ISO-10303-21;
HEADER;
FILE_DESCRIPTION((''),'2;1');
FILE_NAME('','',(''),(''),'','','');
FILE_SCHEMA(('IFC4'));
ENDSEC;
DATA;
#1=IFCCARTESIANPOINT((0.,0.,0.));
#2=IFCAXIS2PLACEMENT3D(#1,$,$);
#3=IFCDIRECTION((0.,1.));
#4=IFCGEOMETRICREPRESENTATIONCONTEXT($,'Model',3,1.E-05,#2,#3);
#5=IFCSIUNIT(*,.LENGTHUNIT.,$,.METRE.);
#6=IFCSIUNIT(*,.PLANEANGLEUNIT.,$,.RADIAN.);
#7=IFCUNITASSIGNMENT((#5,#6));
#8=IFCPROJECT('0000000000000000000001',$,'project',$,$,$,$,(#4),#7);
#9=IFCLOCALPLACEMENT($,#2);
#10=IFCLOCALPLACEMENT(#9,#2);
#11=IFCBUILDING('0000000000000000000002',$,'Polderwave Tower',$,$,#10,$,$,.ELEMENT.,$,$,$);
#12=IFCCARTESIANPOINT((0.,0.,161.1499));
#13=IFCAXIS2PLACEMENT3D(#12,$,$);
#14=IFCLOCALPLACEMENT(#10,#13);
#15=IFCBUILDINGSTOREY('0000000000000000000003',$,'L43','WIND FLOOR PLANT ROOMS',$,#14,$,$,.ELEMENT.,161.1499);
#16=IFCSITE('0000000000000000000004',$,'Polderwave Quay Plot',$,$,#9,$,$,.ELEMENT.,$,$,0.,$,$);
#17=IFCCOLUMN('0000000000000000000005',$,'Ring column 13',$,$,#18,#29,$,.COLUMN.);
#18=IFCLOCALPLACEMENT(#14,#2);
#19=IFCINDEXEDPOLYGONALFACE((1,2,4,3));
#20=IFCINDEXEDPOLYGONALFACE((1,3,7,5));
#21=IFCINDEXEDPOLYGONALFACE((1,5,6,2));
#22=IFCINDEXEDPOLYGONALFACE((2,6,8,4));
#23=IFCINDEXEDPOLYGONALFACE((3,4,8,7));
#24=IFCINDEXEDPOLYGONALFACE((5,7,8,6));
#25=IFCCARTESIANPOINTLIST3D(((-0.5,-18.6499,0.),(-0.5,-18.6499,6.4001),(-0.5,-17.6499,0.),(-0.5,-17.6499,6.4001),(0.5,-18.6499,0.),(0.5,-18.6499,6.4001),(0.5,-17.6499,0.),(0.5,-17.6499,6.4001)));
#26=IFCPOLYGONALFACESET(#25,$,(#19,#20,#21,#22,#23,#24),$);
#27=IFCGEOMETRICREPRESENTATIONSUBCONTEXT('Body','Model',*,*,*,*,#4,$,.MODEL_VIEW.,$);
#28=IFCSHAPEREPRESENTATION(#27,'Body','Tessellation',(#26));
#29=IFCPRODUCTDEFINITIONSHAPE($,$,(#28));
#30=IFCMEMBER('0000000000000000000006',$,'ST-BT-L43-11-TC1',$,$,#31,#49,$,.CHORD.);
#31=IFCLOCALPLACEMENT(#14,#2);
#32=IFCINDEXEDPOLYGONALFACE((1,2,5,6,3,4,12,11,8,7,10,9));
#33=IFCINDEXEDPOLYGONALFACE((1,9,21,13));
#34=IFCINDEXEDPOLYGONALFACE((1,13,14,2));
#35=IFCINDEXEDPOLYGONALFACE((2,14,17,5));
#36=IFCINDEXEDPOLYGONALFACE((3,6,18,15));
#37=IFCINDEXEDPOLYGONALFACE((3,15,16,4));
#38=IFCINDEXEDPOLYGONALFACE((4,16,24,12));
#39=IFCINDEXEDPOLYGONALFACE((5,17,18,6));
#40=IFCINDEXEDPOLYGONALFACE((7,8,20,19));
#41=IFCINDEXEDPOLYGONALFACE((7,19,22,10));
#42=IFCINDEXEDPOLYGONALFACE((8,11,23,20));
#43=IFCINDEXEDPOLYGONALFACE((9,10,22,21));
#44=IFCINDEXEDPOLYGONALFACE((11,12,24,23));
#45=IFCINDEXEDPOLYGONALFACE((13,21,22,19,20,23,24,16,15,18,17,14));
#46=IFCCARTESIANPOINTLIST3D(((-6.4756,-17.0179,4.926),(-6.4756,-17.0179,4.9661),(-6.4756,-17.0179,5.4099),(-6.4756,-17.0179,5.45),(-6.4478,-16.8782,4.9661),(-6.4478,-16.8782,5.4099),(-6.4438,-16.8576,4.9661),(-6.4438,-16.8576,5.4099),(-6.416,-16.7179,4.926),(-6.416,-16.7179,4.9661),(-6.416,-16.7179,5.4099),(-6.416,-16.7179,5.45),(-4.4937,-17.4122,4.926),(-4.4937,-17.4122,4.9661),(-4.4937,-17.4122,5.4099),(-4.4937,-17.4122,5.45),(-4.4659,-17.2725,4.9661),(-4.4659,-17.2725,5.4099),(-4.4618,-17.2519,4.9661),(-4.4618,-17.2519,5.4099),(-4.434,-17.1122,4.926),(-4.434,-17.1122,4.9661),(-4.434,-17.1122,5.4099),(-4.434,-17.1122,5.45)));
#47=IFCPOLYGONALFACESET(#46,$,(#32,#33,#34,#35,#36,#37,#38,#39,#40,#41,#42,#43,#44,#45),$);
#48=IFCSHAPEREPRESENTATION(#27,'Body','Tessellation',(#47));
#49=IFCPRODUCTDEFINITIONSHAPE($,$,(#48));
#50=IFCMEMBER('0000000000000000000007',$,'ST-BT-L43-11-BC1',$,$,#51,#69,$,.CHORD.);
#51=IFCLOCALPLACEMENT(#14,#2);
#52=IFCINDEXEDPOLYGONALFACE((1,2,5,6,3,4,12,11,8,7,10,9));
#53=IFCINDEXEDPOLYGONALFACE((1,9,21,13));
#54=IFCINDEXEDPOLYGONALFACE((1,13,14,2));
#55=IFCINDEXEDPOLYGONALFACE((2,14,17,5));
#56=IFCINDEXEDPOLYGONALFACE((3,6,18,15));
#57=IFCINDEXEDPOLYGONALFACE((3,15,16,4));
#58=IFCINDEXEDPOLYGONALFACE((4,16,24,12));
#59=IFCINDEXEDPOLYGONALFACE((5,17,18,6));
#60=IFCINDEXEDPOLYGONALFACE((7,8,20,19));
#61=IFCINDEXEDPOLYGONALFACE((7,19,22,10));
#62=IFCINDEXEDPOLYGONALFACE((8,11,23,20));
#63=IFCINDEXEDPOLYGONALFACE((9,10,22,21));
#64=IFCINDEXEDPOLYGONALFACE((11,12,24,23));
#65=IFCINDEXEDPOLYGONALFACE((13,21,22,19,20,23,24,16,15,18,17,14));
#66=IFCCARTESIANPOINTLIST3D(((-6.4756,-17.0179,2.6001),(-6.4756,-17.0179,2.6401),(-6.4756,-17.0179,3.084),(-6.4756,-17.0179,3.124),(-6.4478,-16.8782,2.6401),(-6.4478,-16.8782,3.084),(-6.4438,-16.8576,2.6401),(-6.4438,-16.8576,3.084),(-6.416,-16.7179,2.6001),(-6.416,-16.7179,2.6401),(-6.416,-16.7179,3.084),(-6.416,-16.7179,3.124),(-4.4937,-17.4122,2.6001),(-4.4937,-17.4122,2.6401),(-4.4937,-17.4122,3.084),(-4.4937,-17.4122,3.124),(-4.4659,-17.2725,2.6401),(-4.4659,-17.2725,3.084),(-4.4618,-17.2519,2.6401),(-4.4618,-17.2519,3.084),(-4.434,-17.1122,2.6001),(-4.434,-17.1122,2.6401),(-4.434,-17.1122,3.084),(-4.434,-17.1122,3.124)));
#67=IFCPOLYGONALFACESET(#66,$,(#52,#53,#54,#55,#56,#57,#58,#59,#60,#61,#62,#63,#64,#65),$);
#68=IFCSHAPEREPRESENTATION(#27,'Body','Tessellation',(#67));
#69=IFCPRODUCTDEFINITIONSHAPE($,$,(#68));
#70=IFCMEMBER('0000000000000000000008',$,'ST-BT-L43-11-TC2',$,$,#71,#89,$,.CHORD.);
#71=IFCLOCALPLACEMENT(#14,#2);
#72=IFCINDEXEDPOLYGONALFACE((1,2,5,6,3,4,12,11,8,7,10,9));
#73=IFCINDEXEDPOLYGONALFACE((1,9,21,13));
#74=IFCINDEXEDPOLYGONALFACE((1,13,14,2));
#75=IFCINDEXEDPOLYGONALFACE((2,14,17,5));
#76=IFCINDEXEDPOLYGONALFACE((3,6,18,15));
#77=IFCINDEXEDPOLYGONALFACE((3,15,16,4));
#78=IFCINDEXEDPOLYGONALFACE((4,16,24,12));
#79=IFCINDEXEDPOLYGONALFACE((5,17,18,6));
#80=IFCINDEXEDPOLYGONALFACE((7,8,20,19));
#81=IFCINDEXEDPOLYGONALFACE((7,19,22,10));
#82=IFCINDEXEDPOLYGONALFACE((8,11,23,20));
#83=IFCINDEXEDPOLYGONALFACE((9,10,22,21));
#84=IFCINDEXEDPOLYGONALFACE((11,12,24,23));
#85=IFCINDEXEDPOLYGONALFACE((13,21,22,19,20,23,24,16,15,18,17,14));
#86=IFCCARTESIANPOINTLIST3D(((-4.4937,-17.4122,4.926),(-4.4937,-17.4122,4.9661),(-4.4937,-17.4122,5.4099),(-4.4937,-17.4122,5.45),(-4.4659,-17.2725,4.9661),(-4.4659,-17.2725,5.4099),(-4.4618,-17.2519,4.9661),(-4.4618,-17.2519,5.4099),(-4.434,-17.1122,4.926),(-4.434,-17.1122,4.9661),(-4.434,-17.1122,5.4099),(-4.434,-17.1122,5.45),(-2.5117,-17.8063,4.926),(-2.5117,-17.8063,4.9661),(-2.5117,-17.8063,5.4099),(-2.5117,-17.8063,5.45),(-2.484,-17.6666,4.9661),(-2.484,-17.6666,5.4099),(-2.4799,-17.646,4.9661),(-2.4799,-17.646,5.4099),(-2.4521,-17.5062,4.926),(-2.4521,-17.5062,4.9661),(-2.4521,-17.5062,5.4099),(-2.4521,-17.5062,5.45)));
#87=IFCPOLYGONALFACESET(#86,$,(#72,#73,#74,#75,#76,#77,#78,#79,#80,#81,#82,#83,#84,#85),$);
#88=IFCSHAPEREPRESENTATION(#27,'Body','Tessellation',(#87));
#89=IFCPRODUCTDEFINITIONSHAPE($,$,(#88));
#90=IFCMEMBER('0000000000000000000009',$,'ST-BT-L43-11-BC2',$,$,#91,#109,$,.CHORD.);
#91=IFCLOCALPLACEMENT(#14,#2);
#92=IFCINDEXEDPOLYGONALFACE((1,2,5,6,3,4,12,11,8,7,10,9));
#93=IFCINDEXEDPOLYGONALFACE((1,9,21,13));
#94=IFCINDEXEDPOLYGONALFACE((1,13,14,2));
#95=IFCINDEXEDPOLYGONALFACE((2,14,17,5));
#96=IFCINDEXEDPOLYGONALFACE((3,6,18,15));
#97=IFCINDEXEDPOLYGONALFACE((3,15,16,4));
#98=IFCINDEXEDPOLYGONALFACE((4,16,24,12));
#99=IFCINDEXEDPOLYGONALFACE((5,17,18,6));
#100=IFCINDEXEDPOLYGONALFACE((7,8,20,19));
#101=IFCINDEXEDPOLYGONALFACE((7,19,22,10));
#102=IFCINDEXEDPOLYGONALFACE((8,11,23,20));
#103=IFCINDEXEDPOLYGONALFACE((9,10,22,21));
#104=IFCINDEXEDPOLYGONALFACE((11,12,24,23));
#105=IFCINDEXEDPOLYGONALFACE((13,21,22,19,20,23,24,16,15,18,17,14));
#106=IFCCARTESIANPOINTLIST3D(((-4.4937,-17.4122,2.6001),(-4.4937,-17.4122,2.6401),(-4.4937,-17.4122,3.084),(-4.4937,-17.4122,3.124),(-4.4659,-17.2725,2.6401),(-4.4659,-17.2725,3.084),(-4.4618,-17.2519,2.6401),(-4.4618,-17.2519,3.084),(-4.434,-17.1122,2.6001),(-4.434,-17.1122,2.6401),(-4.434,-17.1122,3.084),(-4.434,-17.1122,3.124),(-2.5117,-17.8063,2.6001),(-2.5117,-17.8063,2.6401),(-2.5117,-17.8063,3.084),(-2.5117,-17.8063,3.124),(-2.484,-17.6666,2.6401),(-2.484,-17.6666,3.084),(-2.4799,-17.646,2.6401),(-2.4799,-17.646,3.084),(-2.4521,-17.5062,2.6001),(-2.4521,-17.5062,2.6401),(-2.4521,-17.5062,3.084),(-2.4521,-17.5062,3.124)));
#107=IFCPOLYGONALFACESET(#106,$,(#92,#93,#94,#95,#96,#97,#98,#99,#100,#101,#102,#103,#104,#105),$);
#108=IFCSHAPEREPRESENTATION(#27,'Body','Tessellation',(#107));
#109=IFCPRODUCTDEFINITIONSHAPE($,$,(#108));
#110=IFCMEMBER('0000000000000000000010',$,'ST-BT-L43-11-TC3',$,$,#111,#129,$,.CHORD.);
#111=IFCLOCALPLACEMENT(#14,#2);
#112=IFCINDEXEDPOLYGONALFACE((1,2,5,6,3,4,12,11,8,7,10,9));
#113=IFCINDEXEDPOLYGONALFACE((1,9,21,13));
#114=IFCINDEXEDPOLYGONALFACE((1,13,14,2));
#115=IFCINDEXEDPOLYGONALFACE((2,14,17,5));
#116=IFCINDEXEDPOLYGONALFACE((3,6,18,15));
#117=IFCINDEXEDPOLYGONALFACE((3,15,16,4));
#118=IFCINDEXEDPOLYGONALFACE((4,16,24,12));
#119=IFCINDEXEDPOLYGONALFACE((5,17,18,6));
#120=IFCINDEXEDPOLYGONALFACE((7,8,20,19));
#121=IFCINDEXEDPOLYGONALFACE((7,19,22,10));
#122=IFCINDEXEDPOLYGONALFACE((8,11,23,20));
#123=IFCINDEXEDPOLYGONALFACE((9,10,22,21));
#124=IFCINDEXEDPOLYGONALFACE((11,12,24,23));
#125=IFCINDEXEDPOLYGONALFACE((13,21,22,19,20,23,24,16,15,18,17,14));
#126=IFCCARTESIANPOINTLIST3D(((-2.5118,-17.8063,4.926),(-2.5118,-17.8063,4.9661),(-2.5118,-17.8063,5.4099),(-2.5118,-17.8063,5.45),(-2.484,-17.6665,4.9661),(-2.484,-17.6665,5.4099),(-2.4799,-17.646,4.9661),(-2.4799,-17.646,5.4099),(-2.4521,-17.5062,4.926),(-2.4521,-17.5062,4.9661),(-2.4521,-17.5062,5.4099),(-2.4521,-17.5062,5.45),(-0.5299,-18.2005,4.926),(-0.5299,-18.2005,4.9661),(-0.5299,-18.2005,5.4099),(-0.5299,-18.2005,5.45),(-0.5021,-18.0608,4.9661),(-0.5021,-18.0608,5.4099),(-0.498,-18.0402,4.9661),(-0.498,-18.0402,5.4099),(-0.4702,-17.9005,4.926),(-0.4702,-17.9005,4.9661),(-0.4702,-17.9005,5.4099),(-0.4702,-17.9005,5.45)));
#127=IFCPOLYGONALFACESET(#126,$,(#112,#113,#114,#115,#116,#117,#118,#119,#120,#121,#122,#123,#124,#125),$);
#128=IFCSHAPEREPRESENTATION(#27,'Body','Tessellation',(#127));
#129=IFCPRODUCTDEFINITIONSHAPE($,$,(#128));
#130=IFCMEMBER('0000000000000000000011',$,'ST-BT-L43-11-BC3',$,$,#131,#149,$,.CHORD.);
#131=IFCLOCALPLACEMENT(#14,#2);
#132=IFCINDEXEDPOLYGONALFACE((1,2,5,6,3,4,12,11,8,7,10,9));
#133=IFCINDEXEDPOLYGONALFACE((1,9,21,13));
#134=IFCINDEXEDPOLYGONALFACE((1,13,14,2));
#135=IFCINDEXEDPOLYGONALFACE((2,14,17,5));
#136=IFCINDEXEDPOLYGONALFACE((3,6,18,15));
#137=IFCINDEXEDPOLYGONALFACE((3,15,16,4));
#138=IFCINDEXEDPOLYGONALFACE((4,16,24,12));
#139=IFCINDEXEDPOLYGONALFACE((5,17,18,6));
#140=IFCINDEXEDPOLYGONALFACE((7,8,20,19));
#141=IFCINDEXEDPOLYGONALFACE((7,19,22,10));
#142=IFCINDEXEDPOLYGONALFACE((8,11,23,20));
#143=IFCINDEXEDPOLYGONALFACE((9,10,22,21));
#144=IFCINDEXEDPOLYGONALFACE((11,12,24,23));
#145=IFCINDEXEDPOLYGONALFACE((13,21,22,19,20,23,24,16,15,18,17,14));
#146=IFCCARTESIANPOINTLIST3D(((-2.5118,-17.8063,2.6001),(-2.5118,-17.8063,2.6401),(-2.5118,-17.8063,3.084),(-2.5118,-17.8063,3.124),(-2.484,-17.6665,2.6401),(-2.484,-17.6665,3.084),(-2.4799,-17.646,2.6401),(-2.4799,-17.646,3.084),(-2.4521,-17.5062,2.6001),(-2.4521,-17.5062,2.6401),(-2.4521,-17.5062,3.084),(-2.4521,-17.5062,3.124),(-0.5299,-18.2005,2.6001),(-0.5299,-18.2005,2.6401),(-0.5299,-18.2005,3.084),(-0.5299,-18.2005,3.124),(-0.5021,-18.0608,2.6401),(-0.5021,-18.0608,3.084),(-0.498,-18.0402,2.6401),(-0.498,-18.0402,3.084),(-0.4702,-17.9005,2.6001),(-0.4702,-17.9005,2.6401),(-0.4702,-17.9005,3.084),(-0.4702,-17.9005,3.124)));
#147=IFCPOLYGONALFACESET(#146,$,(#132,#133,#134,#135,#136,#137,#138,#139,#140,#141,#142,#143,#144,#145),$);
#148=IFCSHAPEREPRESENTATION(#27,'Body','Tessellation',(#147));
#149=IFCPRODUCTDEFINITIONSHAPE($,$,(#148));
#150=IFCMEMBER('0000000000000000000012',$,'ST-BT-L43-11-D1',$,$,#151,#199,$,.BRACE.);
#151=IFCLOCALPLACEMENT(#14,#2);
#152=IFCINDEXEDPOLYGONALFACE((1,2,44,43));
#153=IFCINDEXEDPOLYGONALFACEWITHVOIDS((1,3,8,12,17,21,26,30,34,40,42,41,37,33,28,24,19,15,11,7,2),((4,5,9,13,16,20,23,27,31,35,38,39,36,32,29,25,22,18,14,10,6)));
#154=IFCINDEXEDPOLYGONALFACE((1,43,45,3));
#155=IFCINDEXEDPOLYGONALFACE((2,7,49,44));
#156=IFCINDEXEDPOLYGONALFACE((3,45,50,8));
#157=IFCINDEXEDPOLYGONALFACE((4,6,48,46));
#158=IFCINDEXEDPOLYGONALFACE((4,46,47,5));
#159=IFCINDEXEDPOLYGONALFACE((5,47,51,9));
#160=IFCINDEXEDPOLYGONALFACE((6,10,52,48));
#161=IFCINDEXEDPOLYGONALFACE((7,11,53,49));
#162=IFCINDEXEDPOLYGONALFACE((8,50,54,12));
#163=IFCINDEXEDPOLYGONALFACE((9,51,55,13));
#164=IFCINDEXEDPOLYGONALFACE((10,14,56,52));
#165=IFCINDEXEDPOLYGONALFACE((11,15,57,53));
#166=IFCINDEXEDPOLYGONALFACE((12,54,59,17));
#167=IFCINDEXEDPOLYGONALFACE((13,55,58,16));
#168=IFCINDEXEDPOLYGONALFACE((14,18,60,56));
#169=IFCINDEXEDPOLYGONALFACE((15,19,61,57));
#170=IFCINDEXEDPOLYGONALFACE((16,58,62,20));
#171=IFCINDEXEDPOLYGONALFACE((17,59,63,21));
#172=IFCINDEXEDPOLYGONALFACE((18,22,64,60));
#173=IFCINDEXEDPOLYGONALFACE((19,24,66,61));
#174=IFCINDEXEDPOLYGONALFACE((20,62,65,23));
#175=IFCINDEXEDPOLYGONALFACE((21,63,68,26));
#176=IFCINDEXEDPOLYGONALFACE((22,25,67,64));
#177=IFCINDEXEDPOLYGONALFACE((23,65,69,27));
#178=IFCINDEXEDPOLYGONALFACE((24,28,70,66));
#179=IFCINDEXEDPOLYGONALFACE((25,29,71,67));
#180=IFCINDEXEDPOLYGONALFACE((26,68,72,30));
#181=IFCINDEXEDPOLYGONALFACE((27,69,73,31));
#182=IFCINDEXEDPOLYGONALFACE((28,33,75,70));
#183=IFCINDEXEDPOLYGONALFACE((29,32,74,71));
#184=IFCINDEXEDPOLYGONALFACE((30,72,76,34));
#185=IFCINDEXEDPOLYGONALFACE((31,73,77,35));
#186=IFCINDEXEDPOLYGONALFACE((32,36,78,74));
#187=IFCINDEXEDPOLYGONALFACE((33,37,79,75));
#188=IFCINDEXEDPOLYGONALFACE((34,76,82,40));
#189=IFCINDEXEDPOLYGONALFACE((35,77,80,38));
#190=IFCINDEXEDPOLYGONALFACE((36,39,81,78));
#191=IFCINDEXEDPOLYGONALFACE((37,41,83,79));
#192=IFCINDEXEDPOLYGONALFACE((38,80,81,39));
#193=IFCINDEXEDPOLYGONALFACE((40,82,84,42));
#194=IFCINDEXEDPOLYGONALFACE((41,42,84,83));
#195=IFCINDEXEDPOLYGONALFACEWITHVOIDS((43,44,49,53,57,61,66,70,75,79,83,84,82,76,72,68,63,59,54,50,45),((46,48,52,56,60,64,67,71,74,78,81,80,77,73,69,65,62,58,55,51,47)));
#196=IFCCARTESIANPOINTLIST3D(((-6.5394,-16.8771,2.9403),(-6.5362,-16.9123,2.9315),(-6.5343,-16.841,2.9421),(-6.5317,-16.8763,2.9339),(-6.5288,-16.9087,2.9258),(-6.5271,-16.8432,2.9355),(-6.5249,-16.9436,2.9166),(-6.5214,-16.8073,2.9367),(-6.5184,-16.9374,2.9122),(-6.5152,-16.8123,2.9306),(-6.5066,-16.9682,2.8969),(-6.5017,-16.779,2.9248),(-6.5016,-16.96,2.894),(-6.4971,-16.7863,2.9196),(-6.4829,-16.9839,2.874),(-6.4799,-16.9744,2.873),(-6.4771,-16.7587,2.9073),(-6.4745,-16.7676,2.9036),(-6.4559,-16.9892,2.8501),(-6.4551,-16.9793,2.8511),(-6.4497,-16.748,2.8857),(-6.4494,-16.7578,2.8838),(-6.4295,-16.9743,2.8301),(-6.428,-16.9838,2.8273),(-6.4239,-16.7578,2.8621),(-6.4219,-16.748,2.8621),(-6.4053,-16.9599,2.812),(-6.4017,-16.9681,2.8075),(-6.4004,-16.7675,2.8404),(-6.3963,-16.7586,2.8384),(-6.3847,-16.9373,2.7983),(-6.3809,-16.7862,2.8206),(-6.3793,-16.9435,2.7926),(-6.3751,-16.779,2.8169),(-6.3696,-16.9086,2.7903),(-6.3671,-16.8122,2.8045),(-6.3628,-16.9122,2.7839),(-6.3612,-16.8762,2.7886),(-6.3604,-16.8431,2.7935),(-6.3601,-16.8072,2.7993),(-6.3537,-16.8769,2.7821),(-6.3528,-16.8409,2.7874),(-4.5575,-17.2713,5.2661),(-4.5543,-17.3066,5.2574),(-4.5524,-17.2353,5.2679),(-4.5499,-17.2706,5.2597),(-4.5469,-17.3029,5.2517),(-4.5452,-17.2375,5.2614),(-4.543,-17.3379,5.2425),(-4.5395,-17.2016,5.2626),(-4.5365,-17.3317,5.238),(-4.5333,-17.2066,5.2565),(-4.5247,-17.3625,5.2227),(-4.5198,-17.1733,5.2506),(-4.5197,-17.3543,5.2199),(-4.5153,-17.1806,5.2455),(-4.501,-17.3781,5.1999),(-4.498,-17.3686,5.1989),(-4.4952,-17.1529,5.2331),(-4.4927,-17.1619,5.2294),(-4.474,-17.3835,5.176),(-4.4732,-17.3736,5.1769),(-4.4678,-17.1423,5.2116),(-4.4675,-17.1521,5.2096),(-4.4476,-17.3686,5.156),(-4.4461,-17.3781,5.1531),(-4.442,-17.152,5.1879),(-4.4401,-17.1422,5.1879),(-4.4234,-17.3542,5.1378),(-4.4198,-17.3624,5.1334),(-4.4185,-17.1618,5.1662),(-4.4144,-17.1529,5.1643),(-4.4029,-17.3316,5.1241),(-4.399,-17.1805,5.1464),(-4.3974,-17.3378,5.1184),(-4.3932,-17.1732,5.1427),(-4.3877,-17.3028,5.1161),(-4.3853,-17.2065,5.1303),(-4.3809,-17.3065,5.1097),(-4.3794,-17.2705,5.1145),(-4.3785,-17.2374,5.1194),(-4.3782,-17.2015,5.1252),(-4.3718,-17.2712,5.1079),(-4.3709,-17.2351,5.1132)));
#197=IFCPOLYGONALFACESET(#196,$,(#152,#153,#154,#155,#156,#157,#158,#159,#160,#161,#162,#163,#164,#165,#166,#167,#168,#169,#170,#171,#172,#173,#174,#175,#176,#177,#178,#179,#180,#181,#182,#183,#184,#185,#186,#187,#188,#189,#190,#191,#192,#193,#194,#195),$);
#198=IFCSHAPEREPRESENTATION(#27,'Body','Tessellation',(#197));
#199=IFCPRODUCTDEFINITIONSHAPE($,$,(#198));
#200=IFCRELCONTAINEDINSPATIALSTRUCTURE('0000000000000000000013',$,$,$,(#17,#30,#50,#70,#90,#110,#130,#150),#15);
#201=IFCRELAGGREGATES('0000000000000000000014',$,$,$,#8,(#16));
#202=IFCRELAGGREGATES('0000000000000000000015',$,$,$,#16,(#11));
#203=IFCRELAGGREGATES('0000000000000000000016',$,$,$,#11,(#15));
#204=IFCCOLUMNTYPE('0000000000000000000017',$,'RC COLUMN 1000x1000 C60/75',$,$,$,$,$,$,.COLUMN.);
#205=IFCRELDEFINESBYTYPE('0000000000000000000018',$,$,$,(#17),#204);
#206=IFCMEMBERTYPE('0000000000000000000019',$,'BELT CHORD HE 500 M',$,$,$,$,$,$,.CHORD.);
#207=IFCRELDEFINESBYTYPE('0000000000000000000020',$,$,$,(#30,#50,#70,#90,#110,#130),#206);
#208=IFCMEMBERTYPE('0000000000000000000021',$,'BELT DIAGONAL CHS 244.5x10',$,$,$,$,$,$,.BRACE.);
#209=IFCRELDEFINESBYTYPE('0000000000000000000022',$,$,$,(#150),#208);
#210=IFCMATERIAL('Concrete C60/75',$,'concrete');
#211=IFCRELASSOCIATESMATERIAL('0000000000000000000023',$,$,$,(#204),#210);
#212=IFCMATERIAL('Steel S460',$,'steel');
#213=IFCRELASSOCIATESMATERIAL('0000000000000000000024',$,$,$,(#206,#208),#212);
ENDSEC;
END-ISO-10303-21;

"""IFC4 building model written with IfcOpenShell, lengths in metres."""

from ifc_helpers import new_model, si_unit, direction, frame, origin, origin_2d, place, context, subcontext, project, spatial, rectangle, hollow_circle, i_section, extrude, material, material_profile, profile_set, type_object, element, save


model = new_model("IFC4")

# Units and contexts
model_context = context("Model", 3, precision=1e-05, world=origin(), true_north=direction((0.0, 1.0)))
body_context = subcontext(model_context, "Body", "Model", "MODEL_VIEW")
ifc_project = project(units=[si_unit("LENGTHUNIT", "METRE"), si_unit("PLANEANGLEUNIT", "RADIAN")], contexts=[model_context])

# Site, building, storey
site_placement = place(None, origin())
site = spatial("IfcSite", under=ifc_project, at=site_placement, Name="Polderwave Quay Plot", CompositionType="ELEMENT", RefElevation=0.0)
building_placement = place(site_placement, origin())
building = spatial("IfcBuilding", under=site, at=building_placement, Name="Polderwave Tower", CompositionType="ELEMENT")
storey_placement = place(building_placement, frame((0.0, 0.0, 161.1499)))
storey = spatial("IfcBuildingStorey", under=building, at=storey_placement, Name="L43", Description="WIND FLOOR PLANT ROOMS", CompositionType="ELEMENT", Elevation=161.1499)

# Column
ifc_material_1 = material(Name="Concrete C60/75", Category="concrete")
ifc_material_profile_1 = material_profile(ifc_material_1, rectangle(XDim=1.0, YDim=1.0, at=origin_2d()), Name="RC 1000x1000")
ifc_profile_set_1 = profile_set([ifc_material_profile_1], Name="Concrete C60/75")
column_type = type_object("IfcColumnType", Name="RC COLUMN 1000x1000 C60/75", PredefinedType="COLUMN", material=ifc_profile_set_1)
column_placement = place(storey_placement, frame((0.0, -18.1499, 0.0), z_axis=(0.0, 0.0, 1.0), x_axis=(0.0, -1.0, 0.0)))
element("IfcColumn", 1, at=column_placement, inside=storey, type_object=column_type, Name="Ring column 13", PredefinedType="COLUMN", context=body_context, shape_type="SweptSolid", body=[
    extrude(rectangle(XDim=1.0, YDim=1.0, at=origin_2d()), origin(), (0.0, 0.0, 1.0), 6.4001),
])

# Members
ifc_material_2 = material(Name="Steel S460", Category="steel")
ifc_material_profile_2 = material_profile(ifc_material_2, i_section(OverallWidth=0.3059, OverallDepth=0.5239, WebThickness=0.021, FlangeThickness=0.04, at=origin_2d()), Name="HE 500 M")
ifc_profile_set_2 = profile_set([ifc_material_profile_2], Name="Steel S460")
member_type_1 = type_object("IfcMemberType", Name="BELT CHORD HE 500 M", PredefinedType="CHORD", material=ifc_profile_set_2)
for number, where, z_axis, x_axis, name in (
    (2, (-6.4458, -16.8679, 5.188), (0.98078, -0.195117, 0.0), (0.195117, 0.98078, 0.0), "ST-BT-L43-11-TC1"),
    (3, (-6.4458, -16.8679, 2.8621), (0.98078, -0.195117, 0.0), (0.195117, 0.98078, 0.0), "ST-BT-L43-11-BC1"),
    (4, (-4.4639, -17.2622, 5.188), (0.980803, -0.195001, 0.0), (0.195001, 0.980803, 0.0), "ST-BT-L43-11-TC2"),
    (5, (-4.4639, -17.2622, 2.8621), (0.980803, -0.195001, 0.0), (0.195001, 0.980803, 0.0), "ST-BT-L43-11-BC2"),
    (6, (-2.4819, -17.6562, 5.188), (0.98078, -0.195117, 0.0), (0.195117, 0.98078, 0.0), "ST-BT-L43-11-TC3"),
    (7, (-2.4819, -17.6562, 2.8621), (0.98078, -0.195117, 0.0), (0.195117, 0.98078, 0.0), "ST-BT-L43-11-BC3"),
):
    element("IfcMember", number, at=place(storey_placement, frame(where, z_axis=z_axis, x_axis=x_axis)), inside=storey, type_object=member_type_1, Name=name, PredefinedType="CHORD", context=body_context, shape_type="SweptSolid", body=[
        extrude(i_section(OverallWidth=0.3059, OverallDepth=0.5239, WebThickness=0.021, FlangeThickness=0.04, at=origin_2d()), origin(), (0.0, 0.0, 1.0), 2.0208),
    ])
ifc_material_profile_3 = material_profile(ifc_material_2, hollow_circle(Radius=0.1223, WallThickness=0.01, at=origin_2d()), Name="CHS 244.5x10")
ifc_profile_set_3 = profile_set([ifc_material_profile_3], Name="Steel S460")
member_type_2 = type_object("IfcMemberType", Name="BELT DIAGONAL CHS 244.5x10", PredefinedType="BRACE", material=ifc_profile_set_3)
for number, where, z_axis, x_axis, name in (
    (8, (-6.4458, -16.8679, 2.8621), (0.643246, -0.127968, 0.75489), (0.195117, 0.98078, 0.0), "ST-BT-L43-11-D1"),
):
    element("IfcMember", number, at=place(storey_placement, frame(where, z_axis=z_axis, x_axis=x_axis)), inside=storey, type_object=member_type_2, Name=name, PredefinedType="BRACE", context=body_context, shape_type="SweptSolid", body=[
        extrude(hollow_circle(Radius=0.1223, WallThickness=0.01, at=origin_2d()), origin(), (0.0, 0.0, 1.0), 3.0811),
    ])

save(model, "model.ifc")
